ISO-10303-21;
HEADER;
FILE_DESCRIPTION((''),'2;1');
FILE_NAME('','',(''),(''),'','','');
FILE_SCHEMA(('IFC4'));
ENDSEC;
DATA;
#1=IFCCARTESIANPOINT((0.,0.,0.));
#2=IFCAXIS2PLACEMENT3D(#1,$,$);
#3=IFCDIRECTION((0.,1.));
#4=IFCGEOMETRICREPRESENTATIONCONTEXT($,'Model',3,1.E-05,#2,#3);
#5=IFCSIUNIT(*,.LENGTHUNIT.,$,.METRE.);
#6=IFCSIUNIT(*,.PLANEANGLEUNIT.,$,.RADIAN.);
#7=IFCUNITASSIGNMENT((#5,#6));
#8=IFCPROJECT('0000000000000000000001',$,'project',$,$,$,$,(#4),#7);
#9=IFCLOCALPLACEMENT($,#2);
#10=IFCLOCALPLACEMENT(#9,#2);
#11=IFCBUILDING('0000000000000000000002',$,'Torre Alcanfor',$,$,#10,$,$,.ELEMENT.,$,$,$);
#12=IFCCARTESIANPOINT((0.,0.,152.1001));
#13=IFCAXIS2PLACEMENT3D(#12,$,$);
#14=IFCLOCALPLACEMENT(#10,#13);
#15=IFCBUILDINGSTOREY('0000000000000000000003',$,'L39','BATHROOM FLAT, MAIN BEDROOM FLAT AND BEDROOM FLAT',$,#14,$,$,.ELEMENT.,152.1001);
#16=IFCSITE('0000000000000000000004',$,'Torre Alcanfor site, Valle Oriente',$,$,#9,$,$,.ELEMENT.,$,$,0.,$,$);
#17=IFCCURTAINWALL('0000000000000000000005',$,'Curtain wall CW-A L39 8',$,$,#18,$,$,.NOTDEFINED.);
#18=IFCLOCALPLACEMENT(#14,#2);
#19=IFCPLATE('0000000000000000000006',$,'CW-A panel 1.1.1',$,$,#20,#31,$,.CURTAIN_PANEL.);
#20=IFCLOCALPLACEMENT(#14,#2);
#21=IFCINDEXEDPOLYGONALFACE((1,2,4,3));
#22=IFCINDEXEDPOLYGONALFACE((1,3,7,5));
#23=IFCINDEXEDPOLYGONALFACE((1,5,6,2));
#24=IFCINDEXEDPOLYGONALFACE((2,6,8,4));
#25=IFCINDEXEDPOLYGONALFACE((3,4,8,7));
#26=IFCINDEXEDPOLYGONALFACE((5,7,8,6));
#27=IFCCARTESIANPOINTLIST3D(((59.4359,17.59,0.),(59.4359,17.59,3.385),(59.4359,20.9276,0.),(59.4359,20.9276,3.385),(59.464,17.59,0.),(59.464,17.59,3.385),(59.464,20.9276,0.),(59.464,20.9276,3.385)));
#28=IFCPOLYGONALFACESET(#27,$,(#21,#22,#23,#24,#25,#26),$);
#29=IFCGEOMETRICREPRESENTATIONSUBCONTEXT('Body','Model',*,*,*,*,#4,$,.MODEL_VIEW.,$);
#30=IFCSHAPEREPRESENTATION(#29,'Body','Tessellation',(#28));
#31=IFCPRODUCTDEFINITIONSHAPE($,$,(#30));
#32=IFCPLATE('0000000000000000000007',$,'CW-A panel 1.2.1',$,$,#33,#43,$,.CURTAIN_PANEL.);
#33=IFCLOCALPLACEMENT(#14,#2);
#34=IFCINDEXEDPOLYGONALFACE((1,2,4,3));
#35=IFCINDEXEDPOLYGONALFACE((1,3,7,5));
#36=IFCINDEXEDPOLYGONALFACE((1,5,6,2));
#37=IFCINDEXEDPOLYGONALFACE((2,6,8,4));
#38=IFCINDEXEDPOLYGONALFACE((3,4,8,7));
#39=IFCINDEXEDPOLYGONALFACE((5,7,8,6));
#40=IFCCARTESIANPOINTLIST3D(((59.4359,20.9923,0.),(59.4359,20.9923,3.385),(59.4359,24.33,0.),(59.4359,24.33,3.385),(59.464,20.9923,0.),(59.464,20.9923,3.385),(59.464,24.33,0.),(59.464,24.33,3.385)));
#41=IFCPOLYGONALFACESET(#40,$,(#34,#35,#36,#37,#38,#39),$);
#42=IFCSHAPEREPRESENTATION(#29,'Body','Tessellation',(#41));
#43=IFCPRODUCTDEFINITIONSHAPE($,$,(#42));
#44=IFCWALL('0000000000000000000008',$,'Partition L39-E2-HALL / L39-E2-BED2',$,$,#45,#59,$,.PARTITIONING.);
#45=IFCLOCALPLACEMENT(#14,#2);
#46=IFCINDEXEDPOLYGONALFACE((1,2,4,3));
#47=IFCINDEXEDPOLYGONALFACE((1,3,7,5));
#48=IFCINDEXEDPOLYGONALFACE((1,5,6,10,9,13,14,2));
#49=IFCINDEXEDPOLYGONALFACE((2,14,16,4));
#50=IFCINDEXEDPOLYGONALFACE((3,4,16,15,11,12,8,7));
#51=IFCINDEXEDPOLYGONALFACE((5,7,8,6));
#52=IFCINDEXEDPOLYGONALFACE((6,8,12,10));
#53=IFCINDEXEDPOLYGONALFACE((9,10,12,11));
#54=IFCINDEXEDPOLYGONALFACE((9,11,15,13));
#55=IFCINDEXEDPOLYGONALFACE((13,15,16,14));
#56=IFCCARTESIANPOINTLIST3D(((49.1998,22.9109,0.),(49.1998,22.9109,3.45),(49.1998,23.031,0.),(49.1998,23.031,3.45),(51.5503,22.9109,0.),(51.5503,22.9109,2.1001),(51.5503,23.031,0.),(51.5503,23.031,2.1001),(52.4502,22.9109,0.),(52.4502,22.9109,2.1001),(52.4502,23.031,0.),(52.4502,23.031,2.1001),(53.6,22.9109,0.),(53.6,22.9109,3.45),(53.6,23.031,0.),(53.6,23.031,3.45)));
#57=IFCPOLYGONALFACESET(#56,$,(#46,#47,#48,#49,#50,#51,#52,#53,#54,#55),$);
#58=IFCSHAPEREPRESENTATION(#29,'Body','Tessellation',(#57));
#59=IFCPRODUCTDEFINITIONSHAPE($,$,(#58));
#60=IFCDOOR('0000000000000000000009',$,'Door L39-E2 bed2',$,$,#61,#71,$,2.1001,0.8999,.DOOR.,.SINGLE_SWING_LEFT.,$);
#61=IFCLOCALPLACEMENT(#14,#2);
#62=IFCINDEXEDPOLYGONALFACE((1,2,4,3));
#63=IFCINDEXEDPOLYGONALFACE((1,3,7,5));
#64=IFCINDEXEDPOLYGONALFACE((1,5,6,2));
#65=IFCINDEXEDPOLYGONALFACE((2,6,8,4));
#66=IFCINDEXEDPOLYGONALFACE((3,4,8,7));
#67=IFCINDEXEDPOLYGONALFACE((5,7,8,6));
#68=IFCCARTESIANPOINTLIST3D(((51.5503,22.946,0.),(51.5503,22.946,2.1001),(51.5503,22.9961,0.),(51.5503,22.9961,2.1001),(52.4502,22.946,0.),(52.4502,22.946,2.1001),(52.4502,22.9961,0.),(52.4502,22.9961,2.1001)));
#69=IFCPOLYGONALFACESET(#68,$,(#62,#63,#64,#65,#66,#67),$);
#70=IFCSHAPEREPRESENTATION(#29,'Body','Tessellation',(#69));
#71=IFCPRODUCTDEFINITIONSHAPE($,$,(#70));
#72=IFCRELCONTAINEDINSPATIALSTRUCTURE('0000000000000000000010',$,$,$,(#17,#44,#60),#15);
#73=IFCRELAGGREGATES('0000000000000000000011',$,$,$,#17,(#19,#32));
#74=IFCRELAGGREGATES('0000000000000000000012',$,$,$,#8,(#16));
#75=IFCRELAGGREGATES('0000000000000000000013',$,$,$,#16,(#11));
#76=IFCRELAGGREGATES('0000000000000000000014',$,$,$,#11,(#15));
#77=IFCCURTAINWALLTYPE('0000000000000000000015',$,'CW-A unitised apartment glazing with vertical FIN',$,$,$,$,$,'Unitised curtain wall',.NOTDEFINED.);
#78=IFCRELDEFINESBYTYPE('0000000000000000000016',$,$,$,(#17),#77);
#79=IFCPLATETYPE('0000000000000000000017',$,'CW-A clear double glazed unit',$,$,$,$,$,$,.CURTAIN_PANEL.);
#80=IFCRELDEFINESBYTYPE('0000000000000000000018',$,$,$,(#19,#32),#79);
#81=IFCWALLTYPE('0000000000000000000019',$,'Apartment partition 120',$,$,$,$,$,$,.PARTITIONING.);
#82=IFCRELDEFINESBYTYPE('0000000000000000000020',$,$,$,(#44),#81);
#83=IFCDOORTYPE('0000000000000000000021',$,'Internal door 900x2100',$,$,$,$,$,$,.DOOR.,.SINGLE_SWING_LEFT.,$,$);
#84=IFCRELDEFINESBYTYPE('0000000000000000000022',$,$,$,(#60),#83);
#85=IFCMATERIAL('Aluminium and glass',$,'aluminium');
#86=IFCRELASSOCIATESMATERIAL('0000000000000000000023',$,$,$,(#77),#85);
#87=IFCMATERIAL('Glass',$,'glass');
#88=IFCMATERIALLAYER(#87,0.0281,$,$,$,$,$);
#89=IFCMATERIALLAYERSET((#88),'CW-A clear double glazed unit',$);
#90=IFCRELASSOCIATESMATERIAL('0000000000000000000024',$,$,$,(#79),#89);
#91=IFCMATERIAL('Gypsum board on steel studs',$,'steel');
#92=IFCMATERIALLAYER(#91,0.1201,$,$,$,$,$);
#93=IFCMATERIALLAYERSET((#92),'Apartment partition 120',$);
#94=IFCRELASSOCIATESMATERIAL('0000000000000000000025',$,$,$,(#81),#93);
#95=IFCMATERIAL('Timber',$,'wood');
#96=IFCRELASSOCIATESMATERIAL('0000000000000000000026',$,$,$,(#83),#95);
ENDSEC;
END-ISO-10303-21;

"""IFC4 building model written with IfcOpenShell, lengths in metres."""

from ifc_helpers import new_model, si_unit, direction, frame, frame_2d, origin, origin_2d, place, context, subcontext, project, spatial, rectangle, extrude, material, layer, layer_set, type_object, element, fill, aggregate, save


model = new_model("IFC4")

# Units and contexts
model_context = context("Model", 3, precision=1e-05, world=origin(), true_north=direction((0.0, 1.0)))
body_context = subcontext(model_context, "Body", "Model", "MODEL_VIEW")
ifc_project = project(units=[si_unit("LENGTHUNIT", "METRE"), si_unit("PLANEANGLEUNIT", "RADIAN")], contexts=[model_context])

# Site, building, storey
site_placement = place(None, origin())
site = spatial("IfcSite", under=ifc_project, at=site_placement, Name="Torre Alcanfor site, Valle Oriente", CompositionType="ELEMENT", RefElevation=0.0)
building_placement = place(site_placement, origin())
building = spatial("IfcBuilding", under=site, at=building_placement, Name="Torre Alcanfor", CompositionType="ELEMENT")
storey_placement = place(building_placement, frame((0.0, 0.0, 152.1001)))
storey = spatial("IfcBuildingStorey", under=building, at=storey_placement, Name="L39", Description="BATHROOM FLAT, MAIN BEDROOM FLAT AND BEDROOM FLAT", CompositionType="ELEMENT", Elevation=152.1001)

# Curtain wall
ifc_material_1 = material(Name="Aluminium and glass", Category="aluminium")
curtain_wall_type = type_object("IfcCurtainWallType", Name="CW-A unitised apartment glazing with vertical FIN", ElementType="Unitised curtain wall", PredefinedType="NOTDEFINED", material=ifc_material_1)
curtain_wall_placement = place(storey_placement, origin())
curtain_wall = element("IfcCurtainWall", 1, at=curtain_wall_placement, inside=storey, type_object=curtain_wall_type, Name="Curtain wall CW-A L39 8", PredefinedType="NOTDEFINED")

# Plates
ifc_material_2 = material(Name="Glass", Category="glass")
ifc_layer_1 = layer(ifc_material_2, 0.0281)
ifc_layer_set_1 = layer_set([ifc_layer_1], Name="CW-A clear double glazed unit")
plate_type = type_object("IfcPlateType", Name="CW-A clear double glazed unit", PredefinedType="CURTAIN_PANEL", material=ifc_layer_set_1)
plate_1_placement = place(storey_placement, frame((59.45, 19.2588, 0.0), z_axis=(0.0, 0.0, 1.0), x_axis=(0.0, 1.0, 0.0)))
plate_1 = element("IfcPlate", 2, at=plate_1_placement, type_object=plate_type, Name="CW-A panel 1.1.1", PredefinedType="CURTAIN_PANEL", context=body_context, shape_type="SweptSolid", body=[
    extrude(rectangle(XDim=3.3376, YDim=0.0281, at=origin_2d()), origin(), (0.0, 0.0, 1.0), 3.385),
])
plate_2_placement = place(storey_placement, frame((59.45, 22.6611, 0.0), z_axis=(0.0, 0.0, 1.0), x_axis=(0.0, 1.0, 0.0)))
plate_2 = element("IfcPlate", 3, at=plate_2_placement, type_object=plate_type, Name="CW-A panel 1.2.1", PredefinedType="CURTAIN_PANEL", context=body_context, shape_type="SweptSolid", body=[
    extrude(rectangle(XDim=3.3376, YDim=0.0281, at=origin_2d()), origin(), (0.0, 0.0, 1.0), 3.385),
])
aggregate(curtain_wall, [plate_1, plate_2])

# Wall, opening, door
ifc_material_3 = material(Name="Gypsum board on steel studs", Category="steel")
ifc_layer_2 = layer(ifc_material_3, 0.1201)
ifc_layer_set_2 = layer_set([ifc_layer_2], Name="Apartment partition 120")
wall_type_1 = type_object("IfcWallType", Name="Apartment partition 120", PredefinedType="PARTITIONING", material=ifc_layer_set_2)
wall_1_placement = place(storey_placement, frame((53.6001, 22.9709, 0.0), z_axis=(0.0, 0.0, 1.0), x_axis=(-1.0, 0.0, 0.0)))
wall_1 = element("IfcWall", 4, at=wall_1_placement, inside=storey, type_object=wall_type_1, Name="Partition L39-E2-HALL / L39-E2-BED2", PredefinedType="PARTITIONING", context=body_context, shape_type="SweptSolid", body=[
    extrude(rectangle(XDim=4.4001, YDim=0.1201, at=frame_2d((2.2002, 0.0))), origin(), (0.0, 0.0, 1.0), 3.45),
])
opening_placement = place(wall_1_placement, frame((1.1499, 0.0, 0.0)))
opening = element("IfcOpeningElement", 5, at=opening_placement, cuts=wall_1, PredefinedType="OPENING", context=body_context, shape_type="SweptSolid", body=[
    extrude(rectangle(XDim=0.8999, YDim=2.1001, at=frame_2d((0.45, 1.05))), frame((0.0, 0.0701, 0.0), z_axis=(0.0, -1.0, 0.0), x_axis=(1.0, 0.0, 0.0)), (0.0, 0.0, 1.0), 0.1401),
])
ifc_material_4 = material(Name="Timber", Category="wood")
door_type = type_object("IfcDoorType", Name="Internal door 900x2100", OperationType="SINGLE_SWING_LEFT", PredefinedType="DOOR", material=ifc_material_4)
door_placement = place(opening_placement, origin())
door = element("IfcDoor", 6, at=door_placement, inside=storey, type_object=door_type, Name="Door L39-E2 bed2", OperationType="SINGLE_SWING_LEFT", OverallHeight=2.1001, OverallWidth=0.8999, PredefinedType="DOOR", context=body_context, shape_type="SweptSolid", body=[
    extrude(rectangle(XDim=0.8999, YDim=2.1001, at=frame_2d((0.45, 1.05))), frame((0.0, 0.0249, 0.0), z_axis=(0.0, -1.0, 0.0), x_axis=(1.0, 0.0, 0.0)), (0.0, 0.0, 1.0), 0.05),
])
fill(opening, door)

save(model, "model.ifc")
